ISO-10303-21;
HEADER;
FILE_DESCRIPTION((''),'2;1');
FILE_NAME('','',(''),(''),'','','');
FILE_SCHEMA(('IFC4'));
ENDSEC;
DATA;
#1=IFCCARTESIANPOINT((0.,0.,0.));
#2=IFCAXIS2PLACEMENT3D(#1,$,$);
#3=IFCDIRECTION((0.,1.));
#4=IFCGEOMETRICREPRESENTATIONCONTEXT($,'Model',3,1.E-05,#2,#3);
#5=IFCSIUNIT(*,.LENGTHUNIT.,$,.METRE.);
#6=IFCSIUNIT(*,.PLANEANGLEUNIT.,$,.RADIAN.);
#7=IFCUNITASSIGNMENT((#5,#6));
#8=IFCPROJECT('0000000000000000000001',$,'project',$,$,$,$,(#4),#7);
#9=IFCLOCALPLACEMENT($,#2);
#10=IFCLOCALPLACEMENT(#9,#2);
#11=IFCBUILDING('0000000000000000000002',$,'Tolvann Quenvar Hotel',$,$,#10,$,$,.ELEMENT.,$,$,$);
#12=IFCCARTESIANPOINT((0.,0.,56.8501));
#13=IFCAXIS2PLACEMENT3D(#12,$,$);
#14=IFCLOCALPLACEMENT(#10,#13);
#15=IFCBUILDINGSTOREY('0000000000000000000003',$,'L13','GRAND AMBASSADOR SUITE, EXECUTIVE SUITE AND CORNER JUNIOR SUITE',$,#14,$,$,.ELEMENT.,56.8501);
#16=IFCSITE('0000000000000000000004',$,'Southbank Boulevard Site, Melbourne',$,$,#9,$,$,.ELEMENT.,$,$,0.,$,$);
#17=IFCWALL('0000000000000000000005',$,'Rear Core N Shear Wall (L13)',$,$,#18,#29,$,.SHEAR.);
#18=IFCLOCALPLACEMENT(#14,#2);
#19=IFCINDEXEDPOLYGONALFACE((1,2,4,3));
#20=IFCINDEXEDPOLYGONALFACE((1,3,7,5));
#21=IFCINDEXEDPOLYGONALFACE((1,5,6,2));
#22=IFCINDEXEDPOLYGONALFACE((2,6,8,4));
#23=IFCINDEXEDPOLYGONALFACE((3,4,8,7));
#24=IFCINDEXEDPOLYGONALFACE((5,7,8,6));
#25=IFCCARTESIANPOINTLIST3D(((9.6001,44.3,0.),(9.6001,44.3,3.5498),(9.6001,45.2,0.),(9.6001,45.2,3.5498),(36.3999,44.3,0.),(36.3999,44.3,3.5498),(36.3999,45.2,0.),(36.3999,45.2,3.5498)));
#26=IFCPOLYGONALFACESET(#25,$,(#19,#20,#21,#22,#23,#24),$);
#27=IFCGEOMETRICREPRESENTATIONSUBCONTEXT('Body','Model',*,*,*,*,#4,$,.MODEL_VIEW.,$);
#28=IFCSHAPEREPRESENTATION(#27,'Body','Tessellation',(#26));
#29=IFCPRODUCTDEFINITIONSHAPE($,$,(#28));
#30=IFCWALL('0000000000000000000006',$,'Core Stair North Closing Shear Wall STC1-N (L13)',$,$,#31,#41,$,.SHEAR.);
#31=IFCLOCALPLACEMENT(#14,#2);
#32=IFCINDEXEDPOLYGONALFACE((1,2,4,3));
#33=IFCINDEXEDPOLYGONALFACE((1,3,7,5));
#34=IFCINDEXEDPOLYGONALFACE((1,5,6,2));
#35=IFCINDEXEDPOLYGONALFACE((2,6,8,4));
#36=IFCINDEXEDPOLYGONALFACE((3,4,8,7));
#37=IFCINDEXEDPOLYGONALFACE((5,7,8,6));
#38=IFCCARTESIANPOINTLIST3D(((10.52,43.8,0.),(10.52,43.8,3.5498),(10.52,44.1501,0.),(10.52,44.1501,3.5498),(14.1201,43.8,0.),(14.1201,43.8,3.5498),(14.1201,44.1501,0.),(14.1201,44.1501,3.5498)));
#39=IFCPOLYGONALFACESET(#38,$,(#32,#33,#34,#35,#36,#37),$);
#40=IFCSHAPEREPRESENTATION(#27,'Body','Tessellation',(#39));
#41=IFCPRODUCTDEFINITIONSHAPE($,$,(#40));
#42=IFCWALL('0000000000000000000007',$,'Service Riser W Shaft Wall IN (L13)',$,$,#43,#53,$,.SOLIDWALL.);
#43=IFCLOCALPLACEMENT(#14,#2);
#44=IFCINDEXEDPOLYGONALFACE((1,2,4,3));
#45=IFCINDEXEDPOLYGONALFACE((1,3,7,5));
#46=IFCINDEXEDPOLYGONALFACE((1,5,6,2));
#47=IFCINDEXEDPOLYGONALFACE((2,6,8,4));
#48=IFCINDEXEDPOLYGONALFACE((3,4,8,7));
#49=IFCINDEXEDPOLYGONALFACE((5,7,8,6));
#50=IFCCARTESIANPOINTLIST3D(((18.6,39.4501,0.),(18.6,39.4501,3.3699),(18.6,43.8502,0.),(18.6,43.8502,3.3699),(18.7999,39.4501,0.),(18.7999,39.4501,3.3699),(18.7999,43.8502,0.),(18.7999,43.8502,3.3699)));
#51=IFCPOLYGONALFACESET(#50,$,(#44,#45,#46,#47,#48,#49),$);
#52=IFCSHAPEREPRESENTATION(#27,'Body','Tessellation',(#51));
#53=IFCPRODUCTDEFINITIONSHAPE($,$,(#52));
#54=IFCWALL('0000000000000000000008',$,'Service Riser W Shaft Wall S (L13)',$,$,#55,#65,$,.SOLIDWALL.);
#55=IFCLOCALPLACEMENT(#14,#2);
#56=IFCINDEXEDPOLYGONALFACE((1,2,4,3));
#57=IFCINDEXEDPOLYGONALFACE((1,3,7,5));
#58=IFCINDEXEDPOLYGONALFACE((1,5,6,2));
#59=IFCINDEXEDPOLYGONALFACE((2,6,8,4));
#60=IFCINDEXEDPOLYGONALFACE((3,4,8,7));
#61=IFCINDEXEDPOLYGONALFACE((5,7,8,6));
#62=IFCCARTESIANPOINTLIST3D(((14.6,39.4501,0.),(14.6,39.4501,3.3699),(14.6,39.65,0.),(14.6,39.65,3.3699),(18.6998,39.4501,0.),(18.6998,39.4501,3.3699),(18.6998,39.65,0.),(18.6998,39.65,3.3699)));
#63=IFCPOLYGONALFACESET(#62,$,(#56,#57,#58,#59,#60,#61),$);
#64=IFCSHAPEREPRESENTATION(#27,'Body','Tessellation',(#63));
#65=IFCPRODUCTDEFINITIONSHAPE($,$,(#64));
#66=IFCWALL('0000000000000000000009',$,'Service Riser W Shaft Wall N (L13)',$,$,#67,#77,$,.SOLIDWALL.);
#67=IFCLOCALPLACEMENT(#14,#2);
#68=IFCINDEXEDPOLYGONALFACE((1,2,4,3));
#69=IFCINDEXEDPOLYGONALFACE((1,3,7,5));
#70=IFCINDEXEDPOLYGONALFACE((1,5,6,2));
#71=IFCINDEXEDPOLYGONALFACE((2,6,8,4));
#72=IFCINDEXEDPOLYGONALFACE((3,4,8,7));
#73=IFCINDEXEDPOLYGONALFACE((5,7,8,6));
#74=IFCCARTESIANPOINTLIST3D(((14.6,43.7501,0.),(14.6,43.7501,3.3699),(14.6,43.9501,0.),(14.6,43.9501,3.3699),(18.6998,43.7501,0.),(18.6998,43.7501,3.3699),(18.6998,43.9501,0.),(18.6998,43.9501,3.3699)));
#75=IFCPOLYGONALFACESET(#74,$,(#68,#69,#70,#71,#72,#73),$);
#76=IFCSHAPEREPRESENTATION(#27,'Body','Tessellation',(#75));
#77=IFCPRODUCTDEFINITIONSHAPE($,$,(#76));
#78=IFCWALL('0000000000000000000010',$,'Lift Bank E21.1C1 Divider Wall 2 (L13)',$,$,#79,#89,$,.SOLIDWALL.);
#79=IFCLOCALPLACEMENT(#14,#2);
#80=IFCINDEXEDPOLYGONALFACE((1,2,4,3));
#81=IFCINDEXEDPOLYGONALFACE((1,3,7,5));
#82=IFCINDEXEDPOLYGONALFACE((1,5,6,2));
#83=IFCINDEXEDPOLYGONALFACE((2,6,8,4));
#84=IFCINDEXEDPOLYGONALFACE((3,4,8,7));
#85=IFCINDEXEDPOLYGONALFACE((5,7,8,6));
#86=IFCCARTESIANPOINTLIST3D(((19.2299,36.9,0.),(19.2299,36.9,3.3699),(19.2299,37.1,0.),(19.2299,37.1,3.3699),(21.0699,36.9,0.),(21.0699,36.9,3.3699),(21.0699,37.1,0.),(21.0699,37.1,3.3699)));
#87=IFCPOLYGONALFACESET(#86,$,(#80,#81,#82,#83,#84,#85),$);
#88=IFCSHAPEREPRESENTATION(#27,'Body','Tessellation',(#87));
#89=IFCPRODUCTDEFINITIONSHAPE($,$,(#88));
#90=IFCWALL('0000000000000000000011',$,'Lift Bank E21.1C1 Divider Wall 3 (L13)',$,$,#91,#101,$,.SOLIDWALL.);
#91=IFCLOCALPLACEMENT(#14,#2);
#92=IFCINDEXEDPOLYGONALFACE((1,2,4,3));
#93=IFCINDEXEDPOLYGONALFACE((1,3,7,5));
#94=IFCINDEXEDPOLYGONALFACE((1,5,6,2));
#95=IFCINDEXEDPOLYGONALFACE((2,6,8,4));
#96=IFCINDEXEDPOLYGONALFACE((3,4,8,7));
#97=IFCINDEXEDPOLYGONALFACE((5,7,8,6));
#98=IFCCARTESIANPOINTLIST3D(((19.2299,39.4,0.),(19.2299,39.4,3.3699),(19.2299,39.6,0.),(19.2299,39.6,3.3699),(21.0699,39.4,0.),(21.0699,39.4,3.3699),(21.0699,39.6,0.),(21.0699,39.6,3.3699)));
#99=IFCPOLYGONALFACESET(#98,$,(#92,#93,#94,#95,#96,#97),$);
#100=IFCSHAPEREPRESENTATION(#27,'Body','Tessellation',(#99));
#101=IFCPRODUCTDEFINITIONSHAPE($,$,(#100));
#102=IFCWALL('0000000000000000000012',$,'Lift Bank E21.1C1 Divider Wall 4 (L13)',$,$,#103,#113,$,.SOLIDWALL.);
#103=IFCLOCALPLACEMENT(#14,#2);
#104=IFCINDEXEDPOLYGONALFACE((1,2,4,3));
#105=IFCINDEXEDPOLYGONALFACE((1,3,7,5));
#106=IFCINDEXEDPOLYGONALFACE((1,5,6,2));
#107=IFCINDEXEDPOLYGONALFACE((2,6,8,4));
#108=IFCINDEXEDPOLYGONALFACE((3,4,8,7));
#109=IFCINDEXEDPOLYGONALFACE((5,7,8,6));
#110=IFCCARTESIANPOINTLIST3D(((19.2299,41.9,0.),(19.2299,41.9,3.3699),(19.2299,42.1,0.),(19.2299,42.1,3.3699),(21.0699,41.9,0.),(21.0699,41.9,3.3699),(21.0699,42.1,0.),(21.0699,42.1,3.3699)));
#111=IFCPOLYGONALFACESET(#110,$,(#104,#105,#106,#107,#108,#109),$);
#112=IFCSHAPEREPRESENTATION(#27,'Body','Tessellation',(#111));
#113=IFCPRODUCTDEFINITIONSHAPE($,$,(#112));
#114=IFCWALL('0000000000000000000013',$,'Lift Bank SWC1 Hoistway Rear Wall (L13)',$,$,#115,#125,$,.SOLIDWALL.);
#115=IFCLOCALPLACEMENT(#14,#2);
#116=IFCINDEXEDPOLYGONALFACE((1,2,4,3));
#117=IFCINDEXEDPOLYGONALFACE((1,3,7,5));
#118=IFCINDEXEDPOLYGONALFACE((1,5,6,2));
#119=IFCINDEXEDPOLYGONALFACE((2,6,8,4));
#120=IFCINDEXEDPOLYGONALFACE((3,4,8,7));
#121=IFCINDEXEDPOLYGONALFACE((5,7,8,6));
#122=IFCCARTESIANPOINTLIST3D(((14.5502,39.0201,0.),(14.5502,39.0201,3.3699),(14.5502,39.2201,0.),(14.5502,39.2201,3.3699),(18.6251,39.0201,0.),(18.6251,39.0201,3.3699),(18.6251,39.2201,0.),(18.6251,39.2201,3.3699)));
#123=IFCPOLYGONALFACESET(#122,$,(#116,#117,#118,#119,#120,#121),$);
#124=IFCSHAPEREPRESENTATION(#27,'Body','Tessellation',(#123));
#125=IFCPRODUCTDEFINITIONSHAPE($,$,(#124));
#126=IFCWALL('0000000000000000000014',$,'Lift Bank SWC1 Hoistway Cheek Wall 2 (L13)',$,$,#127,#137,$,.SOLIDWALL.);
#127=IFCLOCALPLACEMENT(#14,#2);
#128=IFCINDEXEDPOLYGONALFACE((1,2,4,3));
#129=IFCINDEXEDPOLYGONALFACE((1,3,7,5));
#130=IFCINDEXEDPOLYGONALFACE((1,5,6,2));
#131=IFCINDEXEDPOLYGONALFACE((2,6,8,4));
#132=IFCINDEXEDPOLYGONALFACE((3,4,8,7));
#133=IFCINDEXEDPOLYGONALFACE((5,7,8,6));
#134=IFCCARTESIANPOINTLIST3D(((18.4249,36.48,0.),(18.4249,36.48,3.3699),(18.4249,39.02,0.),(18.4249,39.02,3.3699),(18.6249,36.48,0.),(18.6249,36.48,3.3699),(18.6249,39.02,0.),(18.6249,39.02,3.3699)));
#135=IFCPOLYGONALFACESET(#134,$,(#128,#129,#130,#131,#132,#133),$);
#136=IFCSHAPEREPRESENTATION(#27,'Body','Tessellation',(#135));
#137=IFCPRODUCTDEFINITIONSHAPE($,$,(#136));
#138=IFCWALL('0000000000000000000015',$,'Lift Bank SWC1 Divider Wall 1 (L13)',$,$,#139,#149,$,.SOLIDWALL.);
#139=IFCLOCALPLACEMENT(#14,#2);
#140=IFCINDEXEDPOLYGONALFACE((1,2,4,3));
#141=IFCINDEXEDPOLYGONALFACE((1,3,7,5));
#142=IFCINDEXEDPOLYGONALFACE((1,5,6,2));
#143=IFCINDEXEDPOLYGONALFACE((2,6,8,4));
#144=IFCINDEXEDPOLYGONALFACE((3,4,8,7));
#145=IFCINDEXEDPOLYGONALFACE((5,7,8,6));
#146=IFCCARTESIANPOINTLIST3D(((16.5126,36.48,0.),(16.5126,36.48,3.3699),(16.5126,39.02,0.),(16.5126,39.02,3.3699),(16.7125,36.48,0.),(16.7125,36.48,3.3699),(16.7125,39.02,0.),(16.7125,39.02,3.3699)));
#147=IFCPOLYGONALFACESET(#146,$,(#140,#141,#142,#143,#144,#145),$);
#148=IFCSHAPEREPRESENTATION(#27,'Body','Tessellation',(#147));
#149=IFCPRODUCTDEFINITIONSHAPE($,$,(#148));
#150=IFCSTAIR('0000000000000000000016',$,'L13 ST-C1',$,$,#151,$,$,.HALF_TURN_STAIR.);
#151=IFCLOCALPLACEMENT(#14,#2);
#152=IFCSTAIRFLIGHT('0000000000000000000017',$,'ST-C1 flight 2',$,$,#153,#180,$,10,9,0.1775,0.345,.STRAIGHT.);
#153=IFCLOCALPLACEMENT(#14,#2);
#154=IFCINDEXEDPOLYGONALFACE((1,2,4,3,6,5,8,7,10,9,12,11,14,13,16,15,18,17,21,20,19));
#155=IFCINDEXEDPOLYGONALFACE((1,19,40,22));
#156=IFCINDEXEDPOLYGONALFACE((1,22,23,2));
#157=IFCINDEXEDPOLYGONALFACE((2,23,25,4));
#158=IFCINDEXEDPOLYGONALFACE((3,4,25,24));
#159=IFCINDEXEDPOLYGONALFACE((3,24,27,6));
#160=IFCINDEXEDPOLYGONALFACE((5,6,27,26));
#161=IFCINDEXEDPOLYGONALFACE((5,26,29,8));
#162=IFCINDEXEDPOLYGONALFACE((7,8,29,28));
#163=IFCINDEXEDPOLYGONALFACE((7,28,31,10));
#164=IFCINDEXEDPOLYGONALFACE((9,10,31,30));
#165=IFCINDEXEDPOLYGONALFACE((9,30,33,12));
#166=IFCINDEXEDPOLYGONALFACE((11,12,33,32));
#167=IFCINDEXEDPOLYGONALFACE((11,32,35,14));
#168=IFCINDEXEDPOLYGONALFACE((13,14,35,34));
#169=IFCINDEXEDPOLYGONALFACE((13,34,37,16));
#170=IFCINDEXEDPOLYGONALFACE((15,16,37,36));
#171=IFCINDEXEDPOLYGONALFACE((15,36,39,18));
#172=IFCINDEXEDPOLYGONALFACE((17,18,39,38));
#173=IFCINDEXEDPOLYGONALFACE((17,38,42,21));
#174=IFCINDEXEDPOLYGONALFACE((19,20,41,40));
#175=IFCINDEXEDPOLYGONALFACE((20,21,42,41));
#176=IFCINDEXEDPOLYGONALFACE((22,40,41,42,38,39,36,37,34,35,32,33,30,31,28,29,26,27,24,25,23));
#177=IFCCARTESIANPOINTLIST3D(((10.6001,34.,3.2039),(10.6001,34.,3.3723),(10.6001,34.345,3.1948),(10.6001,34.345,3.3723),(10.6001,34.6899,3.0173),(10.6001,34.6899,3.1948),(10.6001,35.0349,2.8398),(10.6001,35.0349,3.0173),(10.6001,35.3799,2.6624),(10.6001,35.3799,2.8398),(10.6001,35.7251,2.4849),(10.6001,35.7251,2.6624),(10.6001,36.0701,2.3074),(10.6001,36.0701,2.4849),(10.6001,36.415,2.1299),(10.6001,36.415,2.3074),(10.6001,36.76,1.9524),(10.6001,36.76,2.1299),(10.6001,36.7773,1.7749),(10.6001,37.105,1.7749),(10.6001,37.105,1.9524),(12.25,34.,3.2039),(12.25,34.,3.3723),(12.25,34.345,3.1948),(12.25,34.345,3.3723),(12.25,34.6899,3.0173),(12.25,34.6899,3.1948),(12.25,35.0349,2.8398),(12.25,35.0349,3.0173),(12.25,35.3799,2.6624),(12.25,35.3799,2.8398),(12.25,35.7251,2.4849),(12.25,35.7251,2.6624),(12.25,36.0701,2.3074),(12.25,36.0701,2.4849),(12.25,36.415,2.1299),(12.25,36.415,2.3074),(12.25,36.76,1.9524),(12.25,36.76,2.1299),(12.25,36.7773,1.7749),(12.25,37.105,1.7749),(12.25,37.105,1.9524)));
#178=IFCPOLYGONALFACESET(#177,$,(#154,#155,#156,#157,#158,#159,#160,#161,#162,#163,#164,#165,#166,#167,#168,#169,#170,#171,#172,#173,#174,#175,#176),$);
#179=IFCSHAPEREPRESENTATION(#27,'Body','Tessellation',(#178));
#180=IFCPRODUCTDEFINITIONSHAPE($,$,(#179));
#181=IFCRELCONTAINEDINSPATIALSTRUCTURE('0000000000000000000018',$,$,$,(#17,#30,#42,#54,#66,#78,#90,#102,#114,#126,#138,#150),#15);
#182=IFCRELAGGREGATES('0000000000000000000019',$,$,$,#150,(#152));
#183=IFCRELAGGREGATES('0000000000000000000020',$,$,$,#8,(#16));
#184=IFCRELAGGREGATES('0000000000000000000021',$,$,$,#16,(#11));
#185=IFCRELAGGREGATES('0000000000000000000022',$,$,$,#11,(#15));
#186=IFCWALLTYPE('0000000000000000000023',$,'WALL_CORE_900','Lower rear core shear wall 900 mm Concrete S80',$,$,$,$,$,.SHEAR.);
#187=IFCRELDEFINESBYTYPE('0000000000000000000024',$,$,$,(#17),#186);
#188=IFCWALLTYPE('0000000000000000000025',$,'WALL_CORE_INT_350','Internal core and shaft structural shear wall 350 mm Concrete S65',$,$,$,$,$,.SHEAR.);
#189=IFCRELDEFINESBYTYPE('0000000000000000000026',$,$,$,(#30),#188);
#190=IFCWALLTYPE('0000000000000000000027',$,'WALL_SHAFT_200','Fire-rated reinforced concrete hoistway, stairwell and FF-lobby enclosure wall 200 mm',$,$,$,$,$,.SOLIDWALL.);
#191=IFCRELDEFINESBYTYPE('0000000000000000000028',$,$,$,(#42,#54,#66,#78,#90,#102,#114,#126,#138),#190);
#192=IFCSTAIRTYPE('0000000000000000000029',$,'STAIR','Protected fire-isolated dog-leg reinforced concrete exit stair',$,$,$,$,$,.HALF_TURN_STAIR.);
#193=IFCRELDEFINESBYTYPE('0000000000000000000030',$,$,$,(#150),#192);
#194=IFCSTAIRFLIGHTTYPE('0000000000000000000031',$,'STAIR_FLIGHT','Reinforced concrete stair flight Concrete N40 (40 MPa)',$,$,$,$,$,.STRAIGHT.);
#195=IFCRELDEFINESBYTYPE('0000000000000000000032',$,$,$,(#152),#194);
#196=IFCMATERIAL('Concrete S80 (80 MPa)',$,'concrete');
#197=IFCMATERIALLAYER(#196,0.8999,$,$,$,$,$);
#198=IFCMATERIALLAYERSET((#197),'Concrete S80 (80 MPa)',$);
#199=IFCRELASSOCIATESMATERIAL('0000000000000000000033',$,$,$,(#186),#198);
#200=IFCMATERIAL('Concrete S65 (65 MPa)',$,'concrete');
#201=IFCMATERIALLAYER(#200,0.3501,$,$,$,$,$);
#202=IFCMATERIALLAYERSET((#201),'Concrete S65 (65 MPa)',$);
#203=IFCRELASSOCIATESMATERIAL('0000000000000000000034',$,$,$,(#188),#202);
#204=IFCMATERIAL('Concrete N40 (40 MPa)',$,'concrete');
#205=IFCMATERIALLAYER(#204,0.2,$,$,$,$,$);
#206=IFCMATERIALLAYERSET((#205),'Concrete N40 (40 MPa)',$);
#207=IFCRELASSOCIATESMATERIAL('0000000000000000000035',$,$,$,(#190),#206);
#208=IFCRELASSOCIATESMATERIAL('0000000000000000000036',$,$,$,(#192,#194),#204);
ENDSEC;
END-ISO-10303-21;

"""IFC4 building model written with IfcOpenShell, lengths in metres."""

from ifc_helpers import new_model, si_unit, direction, frame, frame_2d, origin, place, context, subcontext, project, spatial, polyline, rectangle, outline, extrude, material, layer, layer_set, type_object, element, aggregate, save


model = new_model("IFC4")

# Units and contexts
model_context = context("Model", 3, precision=1e-05, world=origin(), true_north=direction((0.0, 1.0)))
body_context = subcontext(model_context, "Body", "Model", "MODEL_VIEW")
ifc_project = project(units=[si_unit("LENGTHUNIT", "METRE"), si_unit("PLANEANGLEUNIT", "RADIAN")], contexts=[model_context])

# Site, building, storey
site_placement = place(None, origin())
site = spatial("IfcSite", under=ifc_project, at=site_placement, Name="Southbank Boulevard Site, Melbourne", CompositionType="ELEMENT", RefElevation=0.0)
building_placement = place(site_placement, origin())
building = spatial("IfcBuilding", under=site, at=building_placement, Name="Tolvann Quenvar Hotel", CompositionType="ELEMENT")
storey_placement = place(building_placement, frame((0.0, 0.0, 56.8501)))
storey = spatial("IfcBuildingStorey", under=building, at=storey_placement, Name="L13", Description="GRAND AMBASSADOR SUITE, EXECUTIVE SUITE AND CORNER JUNIOR SUITE", CompositionType="ELEMENT", Elevation=56.8501)

# Walls
ifc_material_1 = material(Name="Concrete S80 (80 MPa)", Category="concrete")
ifc_layer_1 = layer(ifc_material_1, 0.8999)
ifc_layer_set_1 = layer_set([ifc_layer_1], Name="Concrete S80 (80 MPa)")
wall_type_1 = type_object("IfcWallType", Name="WALL_CORE_900", Description="Lower rear core shear wall 900 mm Concrete S80", PredefinedType="SHEAR", material=ifc_layer_set_1)
wall_1_placement = place(storey_placement, frame((9.6001, 44.75, 0.0), z_axis=(0.0, 0.0, 1.0), x_axis=(1.0, 0.0, 0.0)))
element("IfcWall", 1, at=wall_1_placement, inside=storey, type_object=wall_type_1, Name="Rear Core N Shear Wall (L13)", PredefinedType="SHEAR", context=body_context, shape_type="SweptSolid", body=[
    extrude(rectangle(XDim=26.7998, YDim=0.8999, at=frame_2d((13.3999, 0.0))), origin(), (0.0, 0.0, 1.0), 3.5498),
])
ifc_material_2 = material(Name="Concrete S65 (65 MPa)", Category="concrete")
ifc_layer_2 = layer(ifc_material_2, 0.3501)
ifc_layer_set_2 = layer_set([ifc_layer_2], Name="Concrete S65 (65 MPa)")
wall_type_2 = type_object("IfcWallType", Name="WALL_CORE_INT_350", Description="Internal core and shaft structural shear wall 350 mm Concrete S65", PredefinedType="SHEAR", material=ifc_layer_set_2)
wall_2_placement = place(storey_placement, frame((10.52, 43.9751, 0.0), z_axis=(0.0, 0.0, 1.0), x_axis=(1.0, 0.0, 0.0)))
element("IfcWall", 2, at=wall_2_placement, inside=storey, type_object=wall_type_2, Name="Core Stair North Closing Shear Wall STC1-N (L13)", PredefinedType="SHEAR", context=body_context, shape_type="SweptSolid", body=[
    extrude(rectangle(XDim=3.6001, YDim=0.3501, at=frame_2d((1.8, 0.0))), origin(), (0.0, 0.0, 1.0), 3.5498),
])
ifc_material_3 = material(Name="Concrete N40 (40 MPa)", Category="concrete")
ifc_layer_3 = layer(ifc_material_3, 0.2)
ifc_layer_set_3 = layer_set([ifc_layer_3], Name="Concrete N40 (40 MPa)")
wall_type_3 = type_object("IfcWallType", Name="WALL_SHAFT_200", Description="Fire-rated reinforced concrete hoistway, stairwell and FF-lobby enclosure wall 200 mm", PredefinedType="SOLIDWALL", material=ifc_layer_set_3)
wall_3_placement = place(storey_placement, frame((18.7, 39.45, 0.0), z_axis=(0.0, 0.0, 1.0), x_axis=(0.0, 1.0, 0.0)))
element("IfcWall", 3, at=wall_3_placement, inside=storey, type_object=wall_type_3, Name="Service Riser W Shaft Wall IN (L13)", PredefinedType="SOLIDWALL", context=body_context, shape_type="SweptSolid", body=[
    extrude(rectangle(XDim=4.4001, YDim=0.2, at=frame_2d((2.2002, 0.0))), origin(), (0.0, 0.0, 1.0), 3.3699),
])
for number, where, z_axis, x_axis, name in (
    (4, (14.6001, 39.55, 0.0), (0.0, 0.0, 1.0), (1.0, 0.0, 0.0), "Service Riser W Shaft Wall S (L13)"),
    (5, (14.6001, 43.8501, 0.0), (0.0, 0.0, 1.0), (1.0, 0.0, 0.0), "Service Riser W Shaft Wall N (L13)"),
):
    element("IfcWall", number, at=place(storey_placement, frame(where, z_axis=z_axis, x_axis=x_axis)), inside=storey, type_object=wall_type_3, Name=name, PredefinedType="SOLIDWALL", context=body_context, shape_type="SweptSolid", body=[
        extrude(rectangle(XDim=4.0999, YDim=0.2, at=frame_2d((2.0498, 0.0))), origin(), (0.0, 0.0, 1.0), 3.3699),
    ])
for number, where, z_axis, x_axis, name in (
    (6, (19.23, 37.0, 0.0), (0.0, 0.0, 1.0), (1.0, 0.0, 0.0), "Lift Bank E21.1C1 Divider Wall 2 (L13)"),
    (7, (19.23, 39.5, 0.0), (0.0, 0.0, 1.0), (1.0, 0.0, 0.0), "Lift Bank E21.1C1 Divider Wall 3 (L13)"),
    (8, (19.23, 42.0, 0.0), (0.0, 0.0, 1.0), (1.0, 0.0, 0.0), "Lift Bank E21.1C1 Divider Wall 4 (L13)"),
):
    element("IfcWall", number, at=place(storey_placement, frame(where, z_axis=z_axis, x_axis=x_axis)), inside=storey, type_object=wall_type_3, Name=name, PredefinedType="SOLIDWALL", context=body_context, shape_type="SweptSolid", body=[
        extrude(rectangle(XDim=1.8401, YDim=0.2, at=frame_2d((0.9199, 0.0))), origin(), (0.0, 0.0, 1.0), 3.3699),
    ])
wall_4_placement = place(storey_placement, frame((14.55, 39.1201, 0.0), z_axis=(0.0, 0.0, 1.0), x_axis=(1.0, 0.0, 0.0)))
element("IfcWall", 9, at=wall_4_placement, inside=storey, type_object=wall_type_3, Name="Lift Bank SWC1 Hoistway Rear Wall (L13)", PredefinedType="SOLIDWALL", context=body_context, shape_type="SweptSolid", body=[
    extrude(rectangle(XDim=4.075, YDim=0.2, at=frame_2d((2.0376, 0.0))), origin(), (0.0, 0.0, 1.0), 3.3699),
])
for number, where, z_axis, x_axis, name in (
    (10, (18.5249, 36.48, 0.0), (0.0, 0.0, 1.0), (0.0, 1.0, 0.0), "Lift Bank SWC1 Hoistway Cheek Wall 2 (L13)"),
    (11, (16.6125, 36.48, 0.0), (0.0, 0.0, 1.0), (0.0, 1.0, 0.0), "Lift Bank SWC1 Divider Wall 1 (L13)"),
):
    element("IfcWall", number, at=place(storey_placement, frame(where, z_axis=z_axis, x_axis=x_axis)), inside=storey, type_object=wall_type_3, Name=name, PredefinedType="SOLIDWALL", context=body_context, shape_type="SweptSolid", body=[
        extrude(rectangle(XDim=2.54, YDim=0.2, at=frame_2d((1.27, 0.0))), origin(), (0.0, 0.0, 1.0), 3.3699),
    ])

# Stair, stair flight
stair_type = type_object("IfcStairType", Name="STAIR", Description="Protected fire-isolated dog-leg reinforced concrete exit stair", PredefinedType="HALF_TURN_STAIR", material=ifc_material_3)
stair_placement = place(storey_placement, origin())
stair = element("IfcStair", 12, at=stair_placement, inside=storey, type_object=stair_type, Name="L13 ST-C1", PredefinedType="HALF_TURN_STAIR")
stair_flight_type = type_object("IfcStairFlightType", Name="STAIR_FLIGHT", Description="Reinforced concrete stair flight Concrete N40 (40 MPa)", PredefinedType="STRAIGHT", material=ifc_material_3)
stair_flight_placement = place(storey_placement, frame((11.425, 37.105, 1.7749), z_axis=(0.0, 0.0, 1.0), x_axis=(0.0, -1.0, 0.0)))
stair_flight = element("IfcStairFlight", 13, at=stair_flight_placement, type_object=stair_flight_type, Name="ST-C1 flight 2", NumberOfRisers=10, NumberOfTreads=9, PredefinedType="STRAIGHT", RiserHeight=0.1775, TreadLength=0.345, context=body_context, shape_type="SweptSolid", body=[
    extrude(outline(polyline([(0.0, 0.0), (0.0, 0.1775), (0.345, 0.1775), (0.345, 0.355), (0.6899, 0.355), (0.6899, 0.5325), (1.0349, 0.5325), (1.0349, 0.71), (1.3799, 0.71), (1.3799, 0.8875), (1.7251, 0.8875), (1.7251, 1.0649), (2.0701, 1.0649), (2.0701, 1.2424), (2.415, 1.2424), (2.415, 1.4199), (2.76, 1.4199), (2.76, 1.5974), (3.105, 1.5974), (3.105, 1.7749), (3.105, 1.429), (0.3276, 0.0), (0.0, 0.0)])), frame((0.0, 0.825, 0.0), z_axis=(0.0, -1.0, 0.0), x_axis=(1.0, 0.0, 0.0)), (0.0, 0.0, 1.0), 1.6499),
])
aggregate(stair, [stair_flight])

save(model, "model.ifc")
